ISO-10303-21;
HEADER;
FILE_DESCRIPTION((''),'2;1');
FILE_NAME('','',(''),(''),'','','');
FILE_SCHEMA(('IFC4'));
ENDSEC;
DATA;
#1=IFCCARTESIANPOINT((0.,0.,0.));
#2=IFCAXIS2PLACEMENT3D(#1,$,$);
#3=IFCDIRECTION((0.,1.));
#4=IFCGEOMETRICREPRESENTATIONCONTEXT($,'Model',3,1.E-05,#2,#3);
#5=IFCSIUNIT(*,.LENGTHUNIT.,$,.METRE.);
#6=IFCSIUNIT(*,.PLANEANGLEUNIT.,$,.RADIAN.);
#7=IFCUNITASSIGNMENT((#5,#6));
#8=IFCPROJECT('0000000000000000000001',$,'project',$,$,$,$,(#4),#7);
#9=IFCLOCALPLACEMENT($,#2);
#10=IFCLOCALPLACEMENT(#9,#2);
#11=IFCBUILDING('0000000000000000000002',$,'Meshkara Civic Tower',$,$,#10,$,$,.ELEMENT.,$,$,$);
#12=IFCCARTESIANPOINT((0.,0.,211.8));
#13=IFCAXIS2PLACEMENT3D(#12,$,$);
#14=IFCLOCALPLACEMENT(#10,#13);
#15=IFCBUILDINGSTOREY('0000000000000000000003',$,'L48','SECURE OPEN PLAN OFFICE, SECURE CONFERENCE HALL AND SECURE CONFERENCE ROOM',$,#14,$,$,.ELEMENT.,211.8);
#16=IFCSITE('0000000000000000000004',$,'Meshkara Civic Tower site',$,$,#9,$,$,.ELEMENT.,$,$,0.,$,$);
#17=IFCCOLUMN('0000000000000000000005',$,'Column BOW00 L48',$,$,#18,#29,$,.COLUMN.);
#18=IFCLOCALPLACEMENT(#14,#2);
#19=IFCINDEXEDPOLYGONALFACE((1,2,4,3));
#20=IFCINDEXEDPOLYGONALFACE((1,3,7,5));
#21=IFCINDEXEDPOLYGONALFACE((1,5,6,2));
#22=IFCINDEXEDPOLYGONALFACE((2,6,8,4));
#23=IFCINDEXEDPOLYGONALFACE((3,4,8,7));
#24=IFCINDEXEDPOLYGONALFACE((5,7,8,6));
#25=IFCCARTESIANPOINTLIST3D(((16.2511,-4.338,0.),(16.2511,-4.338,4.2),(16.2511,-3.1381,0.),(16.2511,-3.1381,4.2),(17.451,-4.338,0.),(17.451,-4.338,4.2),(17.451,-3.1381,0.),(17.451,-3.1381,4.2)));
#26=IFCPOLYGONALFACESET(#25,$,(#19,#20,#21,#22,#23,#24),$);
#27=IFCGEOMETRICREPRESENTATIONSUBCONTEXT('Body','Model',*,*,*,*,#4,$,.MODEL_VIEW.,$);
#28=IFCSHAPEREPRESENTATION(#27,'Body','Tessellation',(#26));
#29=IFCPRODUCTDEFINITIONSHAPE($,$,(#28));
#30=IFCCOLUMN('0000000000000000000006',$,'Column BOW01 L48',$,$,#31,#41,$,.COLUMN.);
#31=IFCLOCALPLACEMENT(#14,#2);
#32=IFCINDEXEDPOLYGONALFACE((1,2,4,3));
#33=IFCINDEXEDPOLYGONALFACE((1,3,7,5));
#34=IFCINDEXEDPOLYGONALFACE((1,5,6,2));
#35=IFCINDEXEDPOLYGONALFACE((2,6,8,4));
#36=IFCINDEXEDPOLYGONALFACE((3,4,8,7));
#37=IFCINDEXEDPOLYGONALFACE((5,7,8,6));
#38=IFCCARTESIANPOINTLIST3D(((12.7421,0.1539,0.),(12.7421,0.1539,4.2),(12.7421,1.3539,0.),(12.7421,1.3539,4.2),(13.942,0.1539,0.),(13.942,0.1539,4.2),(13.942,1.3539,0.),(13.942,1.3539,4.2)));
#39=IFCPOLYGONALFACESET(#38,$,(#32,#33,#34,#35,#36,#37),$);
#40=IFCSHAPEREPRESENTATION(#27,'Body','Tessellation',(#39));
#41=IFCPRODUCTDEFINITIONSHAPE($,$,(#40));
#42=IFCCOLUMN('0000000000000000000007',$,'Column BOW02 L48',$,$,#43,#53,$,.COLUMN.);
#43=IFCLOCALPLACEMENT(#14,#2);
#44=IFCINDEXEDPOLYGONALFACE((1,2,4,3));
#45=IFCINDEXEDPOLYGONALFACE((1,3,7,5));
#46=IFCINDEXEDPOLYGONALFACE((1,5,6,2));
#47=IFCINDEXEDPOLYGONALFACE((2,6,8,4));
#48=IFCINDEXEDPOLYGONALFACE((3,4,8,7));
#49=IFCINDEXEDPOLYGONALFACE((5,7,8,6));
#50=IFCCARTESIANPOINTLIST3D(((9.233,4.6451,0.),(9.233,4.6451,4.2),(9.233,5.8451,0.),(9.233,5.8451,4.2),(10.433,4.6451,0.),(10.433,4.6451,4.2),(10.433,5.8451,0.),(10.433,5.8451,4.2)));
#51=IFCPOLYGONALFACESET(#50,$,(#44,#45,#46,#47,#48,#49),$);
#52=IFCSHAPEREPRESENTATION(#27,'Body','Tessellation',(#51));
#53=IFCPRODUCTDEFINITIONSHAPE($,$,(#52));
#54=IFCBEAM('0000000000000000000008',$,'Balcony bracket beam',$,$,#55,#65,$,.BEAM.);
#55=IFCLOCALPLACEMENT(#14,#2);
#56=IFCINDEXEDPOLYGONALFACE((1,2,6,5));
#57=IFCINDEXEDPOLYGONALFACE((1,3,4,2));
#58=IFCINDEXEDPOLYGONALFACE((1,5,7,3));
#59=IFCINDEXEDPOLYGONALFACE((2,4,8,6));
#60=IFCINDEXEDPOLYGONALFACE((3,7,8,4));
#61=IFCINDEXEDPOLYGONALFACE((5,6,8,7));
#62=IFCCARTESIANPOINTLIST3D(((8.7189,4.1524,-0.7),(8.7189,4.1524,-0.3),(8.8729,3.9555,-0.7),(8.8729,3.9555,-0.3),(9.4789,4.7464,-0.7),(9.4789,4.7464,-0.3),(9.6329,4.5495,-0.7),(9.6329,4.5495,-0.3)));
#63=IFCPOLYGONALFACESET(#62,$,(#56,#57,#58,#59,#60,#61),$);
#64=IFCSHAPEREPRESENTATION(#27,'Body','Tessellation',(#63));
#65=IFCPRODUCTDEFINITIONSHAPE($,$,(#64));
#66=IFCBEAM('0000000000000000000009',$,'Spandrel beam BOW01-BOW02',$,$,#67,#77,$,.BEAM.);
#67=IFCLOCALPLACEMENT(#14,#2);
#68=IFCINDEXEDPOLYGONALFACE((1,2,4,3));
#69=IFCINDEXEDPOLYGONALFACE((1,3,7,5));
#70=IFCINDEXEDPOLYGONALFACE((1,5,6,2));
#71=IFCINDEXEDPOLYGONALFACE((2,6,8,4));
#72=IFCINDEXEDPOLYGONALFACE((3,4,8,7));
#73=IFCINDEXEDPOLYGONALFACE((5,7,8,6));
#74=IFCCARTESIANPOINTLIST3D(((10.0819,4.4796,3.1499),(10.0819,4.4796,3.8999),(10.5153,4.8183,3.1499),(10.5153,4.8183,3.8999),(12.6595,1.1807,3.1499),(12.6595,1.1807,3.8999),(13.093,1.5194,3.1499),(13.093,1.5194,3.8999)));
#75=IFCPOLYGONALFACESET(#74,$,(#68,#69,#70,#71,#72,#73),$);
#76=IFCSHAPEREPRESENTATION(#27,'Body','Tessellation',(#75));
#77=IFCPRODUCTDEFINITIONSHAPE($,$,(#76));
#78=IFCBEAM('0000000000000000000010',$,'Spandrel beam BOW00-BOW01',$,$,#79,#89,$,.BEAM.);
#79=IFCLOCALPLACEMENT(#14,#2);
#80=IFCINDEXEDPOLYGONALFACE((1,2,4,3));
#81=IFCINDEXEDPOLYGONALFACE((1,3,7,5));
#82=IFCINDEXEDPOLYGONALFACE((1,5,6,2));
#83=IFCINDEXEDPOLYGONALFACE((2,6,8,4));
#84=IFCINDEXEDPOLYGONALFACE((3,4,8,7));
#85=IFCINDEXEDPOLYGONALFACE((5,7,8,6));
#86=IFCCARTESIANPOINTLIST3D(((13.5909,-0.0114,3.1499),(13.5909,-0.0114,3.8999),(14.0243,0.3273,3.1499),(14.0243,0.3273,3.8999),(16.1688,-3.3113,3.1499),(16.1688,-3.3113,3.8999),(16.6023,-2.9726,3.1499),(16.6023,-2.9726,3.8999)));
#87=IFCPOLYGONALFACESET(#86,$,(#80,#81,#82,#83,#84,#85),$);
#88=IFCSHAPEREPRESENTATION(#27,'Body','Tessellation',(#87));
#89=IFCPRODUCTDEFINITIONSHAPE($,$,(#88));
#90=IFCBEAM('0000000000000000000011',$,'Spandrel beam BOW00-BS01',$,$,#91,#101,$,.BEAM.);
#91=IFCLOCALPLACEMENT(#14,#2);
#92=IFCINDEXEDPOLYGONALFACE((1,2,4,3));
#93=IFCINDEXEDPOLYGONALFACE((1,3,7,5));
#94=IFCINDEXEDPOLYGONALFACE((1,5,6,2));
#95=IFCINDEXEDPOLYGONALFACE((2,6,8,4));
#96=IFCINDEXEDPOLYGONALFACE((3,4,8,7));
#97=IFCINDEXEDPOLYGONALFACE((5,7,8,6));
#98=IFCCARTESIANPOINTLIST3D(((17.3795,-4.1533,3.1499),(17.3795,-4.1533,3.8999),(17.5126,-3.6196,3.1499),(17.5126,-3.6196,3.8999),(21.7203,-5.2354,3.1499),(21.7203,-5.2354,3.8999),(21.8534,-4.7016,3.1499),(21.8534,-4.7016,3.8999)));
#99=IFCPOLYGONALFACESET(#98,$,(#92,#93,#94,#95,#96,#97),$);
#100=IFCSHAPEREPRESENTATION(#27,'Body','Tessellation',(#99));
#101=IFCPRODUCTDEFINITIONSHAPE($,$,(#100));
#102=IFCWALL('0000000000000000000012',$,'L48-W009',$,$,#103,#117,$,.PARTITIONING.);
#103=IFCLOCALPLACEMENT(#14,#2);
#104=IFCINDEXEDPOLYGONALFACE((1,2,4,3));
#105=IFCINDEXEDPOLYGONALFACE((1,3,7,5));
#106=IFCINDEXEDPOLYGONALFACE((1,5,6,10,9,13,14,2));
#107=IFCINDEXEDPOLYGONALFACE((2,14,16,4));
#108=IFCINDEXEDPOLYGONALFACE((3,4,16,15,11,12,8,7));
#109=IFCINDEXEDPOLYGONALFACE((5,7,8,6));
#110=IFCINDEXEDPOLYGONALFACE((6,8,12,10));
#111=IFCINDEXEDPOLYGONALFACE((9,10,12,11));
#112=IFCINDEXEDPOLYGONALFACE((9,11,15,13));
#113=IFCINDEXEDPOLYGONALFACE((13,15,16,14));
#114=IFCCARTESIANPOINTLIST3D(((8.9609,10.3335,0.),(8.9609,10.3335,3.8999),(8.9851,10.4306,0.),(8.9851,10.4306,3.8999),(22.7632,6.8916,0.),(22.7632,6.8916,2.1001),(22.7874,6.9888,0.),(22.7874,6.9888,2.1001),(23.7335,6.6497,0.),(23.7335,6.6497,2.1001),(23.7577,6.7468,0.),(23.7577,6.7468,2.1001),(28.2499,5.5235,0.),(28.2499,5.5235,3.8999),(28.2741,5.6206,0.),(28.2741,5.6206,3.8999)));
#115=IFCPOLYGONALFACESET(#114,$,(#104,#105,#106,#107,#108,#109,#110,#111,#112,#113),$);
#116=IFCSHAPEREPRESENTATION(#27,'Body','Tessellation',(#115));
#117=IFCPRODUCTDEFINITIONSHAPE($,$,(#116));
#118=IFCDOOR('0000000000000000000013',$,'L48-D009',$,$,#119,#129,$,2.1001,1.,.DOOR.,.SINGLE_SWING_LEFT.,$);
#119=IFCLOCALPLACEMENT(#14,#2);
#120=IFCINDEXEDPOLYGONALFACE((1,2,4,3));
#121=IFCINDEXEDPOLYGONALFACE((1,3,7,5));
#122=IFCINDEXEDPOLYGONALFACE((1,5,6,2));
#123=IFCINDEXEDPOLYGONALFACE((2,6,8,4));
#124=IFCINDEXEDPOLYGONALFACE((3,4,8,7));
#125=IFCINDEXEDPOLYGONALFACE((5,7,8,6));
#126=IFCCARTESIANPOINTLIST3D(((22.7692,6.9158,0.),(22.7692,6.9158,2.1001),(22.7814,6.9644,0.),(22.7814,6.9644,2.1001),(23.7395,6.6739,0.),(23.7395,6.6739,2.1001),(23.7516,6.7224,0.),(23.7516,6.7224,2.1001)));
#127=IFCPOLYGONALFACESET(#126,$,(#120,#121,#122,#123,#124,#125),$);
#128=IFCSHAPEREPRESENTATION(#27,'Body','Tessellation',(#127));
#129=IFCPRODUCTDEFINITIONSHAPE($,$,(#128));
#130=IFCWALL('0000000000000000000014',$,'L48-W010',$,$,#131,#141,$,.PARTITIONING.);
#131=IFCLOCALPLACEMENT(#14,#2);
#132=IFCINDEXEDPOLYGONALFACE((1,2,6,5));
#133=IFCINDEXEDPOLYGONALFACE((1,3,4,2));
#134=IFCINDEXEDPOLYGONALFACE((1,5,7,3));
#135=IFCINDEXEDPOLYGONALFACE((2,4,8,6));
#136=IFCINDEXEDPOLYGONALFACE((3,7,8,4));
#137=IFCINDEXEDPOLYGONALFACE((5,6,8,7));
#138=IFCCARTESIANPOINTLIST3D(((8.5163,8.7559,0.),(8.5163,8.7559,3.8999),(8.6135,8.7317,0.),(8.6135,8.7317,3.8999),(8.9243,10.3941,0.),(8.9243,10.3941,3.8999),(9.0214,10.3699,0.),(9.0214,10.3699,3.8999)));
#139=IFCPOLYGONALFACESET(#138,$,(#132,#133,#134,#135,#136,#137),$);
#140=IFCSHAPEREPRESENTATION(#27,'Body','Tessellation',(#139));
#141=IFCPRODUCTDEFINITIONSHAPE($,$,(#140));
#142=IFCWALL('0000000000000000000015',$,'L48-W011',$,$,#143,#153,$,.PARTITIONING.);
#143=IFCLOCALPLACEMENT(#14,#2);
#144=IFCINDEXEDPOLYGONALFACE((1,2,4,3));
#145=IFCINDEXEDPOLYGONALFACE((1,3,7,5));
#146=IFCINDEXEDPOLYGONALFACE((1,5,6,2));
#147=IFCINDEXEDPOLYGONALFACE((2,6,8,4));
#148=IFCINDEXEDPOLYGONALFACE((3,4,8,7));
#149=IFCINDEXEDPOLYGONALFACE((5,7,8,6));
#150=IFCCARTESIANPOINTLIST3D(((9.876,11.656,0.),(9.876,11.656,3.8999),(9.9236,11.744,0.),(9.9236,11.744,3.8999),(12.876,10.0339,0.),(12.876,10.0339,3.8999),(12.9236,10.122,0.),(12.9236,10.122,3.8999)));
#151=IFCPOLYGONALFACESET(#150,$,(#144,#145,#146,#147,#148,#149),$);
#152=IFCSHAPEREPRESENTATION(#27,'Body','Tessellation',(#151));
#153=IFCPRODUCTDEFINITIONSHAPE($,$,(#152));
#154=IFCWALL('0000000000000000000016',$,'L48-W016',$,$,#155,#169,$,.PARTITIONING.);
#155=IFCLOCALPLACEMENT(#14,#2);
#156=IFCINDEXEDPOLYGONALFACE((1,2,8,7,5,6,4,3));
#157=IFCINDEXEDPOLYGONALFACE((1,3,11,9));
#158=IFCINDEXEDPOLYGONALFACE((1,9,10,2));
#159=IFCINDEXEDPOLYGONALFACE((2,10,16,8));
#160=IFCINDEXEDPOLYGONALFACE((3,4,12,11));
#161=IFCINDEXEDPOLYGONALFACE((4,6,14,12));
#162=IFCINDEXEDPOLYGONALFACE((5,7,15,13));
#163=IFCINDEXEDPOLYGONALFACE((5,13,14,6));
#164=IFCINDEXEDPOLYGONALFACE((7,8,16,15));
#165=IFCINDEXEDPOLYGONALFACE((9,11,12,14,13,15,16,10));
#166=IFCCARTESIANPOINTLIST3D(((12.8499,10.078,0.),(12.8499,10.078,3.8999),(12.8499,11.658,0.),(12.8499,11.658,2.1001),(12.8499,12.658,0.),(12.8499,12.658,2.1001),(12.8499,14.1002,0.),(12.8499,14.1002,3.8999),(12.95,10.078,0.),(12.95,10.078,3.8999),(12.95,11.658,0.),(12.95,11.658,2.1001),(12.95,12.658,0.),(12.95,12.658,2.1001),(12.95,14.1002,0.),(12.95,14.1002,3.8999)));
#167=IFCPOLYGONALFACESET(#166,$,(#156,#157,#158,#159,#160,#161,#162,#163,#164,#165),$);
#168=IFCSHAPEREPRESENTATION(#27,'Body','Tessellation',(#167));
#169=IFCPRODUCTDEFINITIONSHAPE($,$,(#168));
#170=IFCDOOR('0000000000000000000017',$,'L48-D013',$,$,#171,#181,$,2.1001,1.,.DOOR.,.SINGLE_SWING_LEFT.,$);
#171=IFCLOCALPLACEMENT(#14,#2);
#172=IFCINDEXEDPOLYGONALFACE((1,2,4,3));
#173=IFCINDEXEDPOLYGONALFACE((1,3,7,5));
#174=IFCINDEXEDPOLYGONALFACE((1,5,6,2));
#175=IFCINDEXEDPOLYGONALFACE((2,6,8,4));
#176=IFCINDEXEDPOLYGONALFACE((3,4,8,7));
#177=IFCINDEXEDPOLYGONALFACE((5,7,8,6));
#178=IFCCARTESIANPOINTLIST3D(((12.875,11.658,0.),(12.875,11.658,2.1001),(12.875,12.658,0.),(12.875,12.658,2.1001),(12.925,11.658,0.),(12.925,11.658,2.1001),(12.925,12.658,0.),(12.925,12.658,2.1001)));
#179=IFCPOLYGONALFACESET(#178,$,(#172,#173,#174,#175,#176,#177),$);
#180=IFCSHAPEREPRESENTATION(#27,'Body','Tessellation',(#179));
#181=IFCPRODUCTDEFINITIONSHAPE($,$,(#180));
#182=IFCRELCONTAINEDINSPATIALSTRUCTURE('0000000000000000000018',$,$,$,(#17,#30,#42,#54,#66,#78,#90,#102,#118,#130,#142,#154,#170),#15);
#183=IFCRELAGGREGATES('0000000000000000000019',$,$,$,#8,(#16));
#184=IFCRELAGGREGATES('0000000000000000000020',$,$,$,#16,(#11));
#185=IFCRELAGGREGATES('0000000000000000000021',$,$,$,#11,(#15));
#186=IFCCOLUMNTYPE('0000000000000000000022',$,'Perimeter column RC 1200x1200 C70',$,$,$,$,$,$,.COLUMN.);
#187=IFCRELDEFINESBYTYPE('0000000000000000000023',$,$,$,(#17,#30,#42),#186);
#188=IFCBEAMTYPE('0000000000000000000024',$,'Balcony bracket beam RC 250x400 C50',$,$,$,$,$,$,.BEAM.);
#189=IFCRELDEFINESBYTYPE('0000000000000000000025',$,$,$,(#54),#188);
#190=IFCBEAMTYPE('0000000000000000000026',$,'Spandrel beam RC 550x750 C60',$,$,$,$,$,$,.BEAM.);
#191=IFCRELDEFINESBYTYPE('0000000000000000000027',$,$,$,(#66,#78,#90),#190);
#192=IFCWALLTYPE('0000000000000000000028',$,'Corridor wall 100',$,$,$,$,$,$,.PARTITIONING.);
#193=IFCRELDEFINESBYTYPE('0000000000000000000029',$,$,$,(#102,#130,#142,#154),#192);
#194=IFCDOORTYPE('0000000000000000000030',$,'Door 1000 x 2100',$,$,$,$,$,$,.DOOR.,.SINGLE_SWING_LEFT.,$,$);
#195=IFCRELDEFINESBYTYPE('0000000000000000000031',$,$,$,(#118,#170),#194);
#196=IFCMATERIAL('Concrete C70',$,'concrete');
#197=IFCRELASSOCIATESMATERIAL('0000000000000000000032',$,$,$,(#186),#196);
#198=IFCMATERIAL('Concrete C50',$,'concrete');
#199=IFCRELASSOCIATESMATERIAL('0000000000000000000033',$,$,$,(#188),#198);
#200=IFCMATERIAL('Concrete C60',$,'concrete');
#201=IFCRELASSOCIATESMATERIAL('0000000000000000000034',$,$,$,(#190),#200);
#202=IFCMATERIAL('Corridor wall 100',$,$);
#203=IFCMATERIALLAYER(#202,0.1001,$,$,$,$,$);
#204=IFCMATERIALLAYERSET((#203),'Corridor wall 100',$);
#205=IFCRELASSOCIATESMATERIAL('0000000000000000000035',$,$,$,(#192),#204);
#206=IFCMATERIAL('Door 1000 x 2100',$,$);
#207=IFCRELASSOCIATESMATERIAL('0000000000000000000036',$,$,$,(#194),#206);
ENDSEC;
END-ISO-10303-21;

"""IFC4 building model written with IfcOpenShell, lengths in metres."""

from ifc_helpers import new_model, si_unit, direction, frame, frame_2d, origin, origin_2d, place, context, subcontext, project, spatial, rectangle, extrude, material, layer, layer_set, material_profile, profile_set, type_object, element, fill, save


model = new_model("IFC4")

# Units and contexts
model_context = context("Model", 3, precision=1e-05, world=origin(), true_north=direction((0.0, 1.0)))
body_context = subcontext(model_context, "Body", "Model", "MODEL_VIEW")
ifc_project = project(units=[si_unit("LENGTHUNIT", "METRE"), si_unit("PLANEANGLEUNIT", "RADIAN")], contexts=[model_context])

# Site, building, storey
site_placement = place(None, origin())
site = spatial("IfcSite", under=ifc_project, at=site_placement, Name="Meshkara Civic Tower site", CompositionType="ELEMENT", RefElevation=0.0)
building_placement = place(site_placement, origin())
building = spatial("IfcBuilding", under=site, at=building_placement, Name="Meshkara Civic Tower", CompositionType="ELEMENT")
storey_placement = place(building_placement, frame((0.0, 0.0, 211.8)))
storey = spatial("IfcBuildingStorey", under=building, at=storey_placement, Name="L48", Description="SECURE OPEN PLAN OFFICE, SECURE CONFERENCE HALL AND SECURE CONFERENCE ROOM", CompositionType="ELEMENT", Elevation=211.8)

# Columns
ifc_material_1 = material(Name="Concrete C70", Category="concrete")
ifc_material_profile_1 = material_profile(ifc_material_1, rectangle(XDim=1.2, YDim=1.2, at=origin_2d()))
ifc_profile_set_1 = profile_set([ifc_material_profile_1], Name="Concrete C70")
column_type = type_object("IfcColumnType", Name="Perimeter column RC 1200x1200 C70", PredefinedType="COLUMN", material=ifc_profile_set_1)
for number, where, z_axis, x_axis, name in (
    (1, (16.8511, -3.738, 0.0), (0.0, 0.0, 1.0), (1.0, 0.0, 0.0), "Column BOW00 L48"),
    (2, (13.342, 0.7539, 0.0), (0.0, 0.0, 1.0), (1.0, 0.0, 0.0), "Column BOW01 L48"),
    (3, (9.833, 5.2451, 0.0), (0.0, 0.0, 1.0), (1.0, 0.0, 0.0), "Column BOW02 L48"),
):
    element("IfcColumn", number, at=place(storey_placement, frame(where, z_axis=z_axis, x_axis=x_axis)), inside=storey, type_object=column_type, Name=name, PredefinedType="COLUMN", context=body_context, shape_type="SweptSolid", body=[
        extrude(rectangle(XDim=1.2, YDim=1.2, at=origin_2d()), origin(), (0.0, 0.0, 1.0), 4.2),
    ])

# Beams
ifc_material_2 = material(Name="Concrete C50", Category="concrete")
ifc_material_profile_2 = material_profile(ifc_material_2, rectangle(XDim=0.25, YDim=0.3999, at=origin_2d()))
ifc_profile_set_2 = profile_set([ifc_material_profile_2], Name="Concrete C50")
beam_type_1 = type_object("IfcBeamType", Name="Balcony bracket beam RC 250x400 C50", PredefinedType="BEAM", material=ifc_profile_set_2)
beam_1_placement = place(storey_placement, frame((9.5559, 4.6479, -0.5), z_axis=(-0.787905, -0.615796, 0.0), x_axis=(0.615796, -0.787905, 0.0)))
element("IfcBeam", 4, at=beam_1_placement, inside=storey, type_object=beam_type_1, Name="Balcony bracket beam", PredefinedType="BEAM", context=body_context, shape_type="SweptSolid", body=[
    extrude(rectangle(XDim=0.25, YDim=0.3999, at=origin_2d()), origin(), (0.0, 0.0, 1.0), 0.9646),
])
ifc_material_3 = material(Name="Concrete C60", Category="concrete")
ifc_material_profile_3 = material_profile(ifc_material_3, rectangle(XDim=0.55, YDim=0.75, at=origin_2d()))
ifc_profile_set_3 = profile_set([ifc_material_profile_3], Name="Concrete C60")
beam_type_2 = type_object("IfcBeamType", Name="Spandrel beam RC 550x750 C60", PredefinedType="BEAM", material=ifc_profile_set_3)
beam_2_placement = place(storey_placement, frame((10.2986, 4.6489, 3.5249), z_axis=(0.615707, -0.787975, 0.0), x_axis=(0.787975, 0.615707, 0.0)))
element("IfcBeam", 5, at=beam_2_placement, inside=storey, type_object=beam_type_2, Name="Spandrel beam BOW01-BOW02", PredefinedType="BEAM", context=body_context, shape_type="SweptSolid", body=[
    extrude(rectangle(XDim=0.55, YDim=0.75, at=origin_2d()), origin(), (0.0, 0.0, 1.0), 4.1865),
])
beam_3_placement = place(storey_placement, frame((13.8076, 0.158, 3.5249), z_axis=(0.61563, -0.788035, 0.0), x_axis=(0.788035, 0.61563, 0.0)))
element("IfcBeam", 6, at=beam_3_placement, inside=storey, type_object=beam_type_2, Name="Spandrel beam BOW00-BOW01", PredefinedType="BEAM", context=body_context, shape_type="SweptSolid", body=[
    extrude(rectangle(XDim=0.55, YDim=0.75, at=origin_2d()), origin(), (0.0, 0.0, 1.0), 4.1875),
])
beam_4_placement = place(storey_placement, frame((17.446, -3.8865, 3.5249), z_axis=(0.970309, -0.241868, 0.0), x_axis=(0.241868, 0.970309, 0.0)))
element("IfcBeam", 7, at=beam_4_placement, inside=storey, type_object=beam_type_2, Name="Spandrel beam BOW00-BS01", PredefinedType="BEAM", context=body_context, shape_type="SweptSolid", body=[
    extrude(rectangle(XDim=0.55, YDim=0.75, at=origin_2d()), origin(), (0.0, 0.0, 1.0), 4.4736),
])

# Wall, opening, door
ifc_material_4 = material(Name="Corridor wall 100")
ifc_layer_1 = layer(ifc_material_4, 0.1001)
ifc_layer_set_1 = layer_set([ifc_layer_1], Name="Corridor wall 100")
wall_type_1 = type_object("IfcWallType", Name="Corridor wall 100", PredefinedType="PARTITIONING", material=ifc_layer_set_1)
wall_1_placement = place(storey_placement, frame((8.9729, 10.3821, 0.0), z_axis=(0.0, 0.0, 1.0), x_axis=(0.970287, -0.241958, 0.0)))
wall_1 = element("IfcWall", 8, at=wall_1_placement, inside=storey, type_object=wall_type_1, Name="L48-W009", PredefinedType="PARTITIONING", context=body_context, shape_type="SweptSolid", body=[
    extrude(rectangle(XDim=19.8796, YDim=0.1001, at=frame_2d((9.9399, 0.0))), origin(), (0.0, 0.0, 1.0), 3.8999),
])
opening_1_placement = place(wall_1_placement, frame((14.2251, 0.0, 0.0)))
opening_1 = element("IfcOpeningElement", 9, at=opening_1_placement, cuts=wall_1, PredefinedType="OPENING", context=body_context, shape_type="SweptSolid", body=[
    extrude(rectangle(XDim=1.0, YDim=2.1001, at=frame_2d((0.5, 1.05))), frame((0.0, 0.0601, 0.0), z_axis=(0.0, -1.0, 0.0), x_axis=(1.0, 0.0, 0.0)), (0.0, 0.0, 1.0), 0.1201),
])
ifc_material_5 = material(Name="Door 1000 x 2100")
door_type_1 = type_object("IfcDoorType", Name="Door 1000 x 2100", OperationType="SINGLE_SWING_LEFT", PredefinedType="DOOR", material=ifc_material_5)
door_1_placement = place(opening_1_placement, origin())
door_1 = element("IfcDoor", 10, at=door_1_placement, inside=storey, type_object=door_type_1, Name="L48-D009", OperationType="SINGLE_SWING_LEFT", OverallHeight=2.1001, OverallWidth=1.0, PredefinedType="DOOR", context=body_context, shape_type="SweptSolid", body=[
    extrude(rectangle(XDim=1.0, YDim=2.1001, at=frame_2d((0.5, 1.05))), frame((0.0, 0.0249, 0.0), z_axis=(0.0, -1.0, 0.0), x_axis=(1.0, 0.0, 0.0)), (0.0, 0.0, 1.0), 0.05),
])
fill(opening_1, door_1)

# Walls
wall_2_placement = place(storey_placement, frame((8.9729, 10.3821, 0.0), z_axis=(0.0, 0.0, 1.0), x_axis=(-0.241651, -0.970363, 0.0)))
element("IfcWall", 11, at=wall_2_placement, inside=storey, type_object=wall_type_1, Name="L48-W010", PredefinedType="PARTITIONING", context=body_context, shape_type="SweptSolid", body=[
    extrude(rectangle(XDim=1.6882, YDim=0.1001, at=frame_2d((0.8442, 0.0))), origin(), (0.0, 0.0, 1.0), 3.8999),
])
wall_3_placement = place(storey_placement, frame((9.8999, 11.7, 0.0), z_axis=(0.0, 0.0, 1.0), x_axis=(0.879651, -0.475619, 0.0)))
element("IfcWall", 12, at=wall_3_placement, inside=storey, type_object=wall_type_1, Name="L48-W011", PredefinedType="PARTITIONING", context=body_context, shape_type="SweptSolid", body=[
    extrude(rectangle(XDim=3.4104, YDim=0.1001, at=frame_2d((1.7051, 0.0))), origin(), (0.0, 0.0, 1.0), 3.8999),
])

# Wall, opening, door
wall_4_placement = place(storey_placement, frame((12.8999, 10.0779, 0.0), z_axis=(0.0, 0.0, 1.0), x_axis=(0.0, 1.0, 0.0)))
wall_4 = element("IfcWall", 13, at=wall_4_placement, inside=storey, type_object=wall_type_1, Name="L48-W016", PredefinedType="PARTITIONING", context=body_context, shape_type="SweptSolid", body=[
    extrude(rectangle(XDim=4.0222, YDim=0.1001, at=frame_2d((2.0112, 0.0))), origin(), (0.0, 0.0, 1.0), 3.8999),
])
opening_2_placement = place(wall_4_placement, frame((1.5801, 0.0, 0.0)))
opening_2 = element("IfcOpeningElement", 14, at=opening_2_placement, cuts=wall_4, PredefinedType="OPENING", context=body_context, shape_type="SweptSolid", body=[
    extrude(rectangle(XDim=1.0, YDim=2.1001, at=frame_2d((0.5, 1.05))), frame((0.0, 0.0601, 0.0), z_axis=(0.0, -1.0, 0.0), x_axis=(1.0, 0.0, 0.0)), (0.0, 0.0, 1.0), 0.1201),
])
door_2_placement = place(opening_2_placement, origin())
door_2 = element("IfcDoor", 15, at=door_2_placement, inside=storey, type_object=door_type_1, Name="L48-D013", OperationType="SINGLE_SWING_LEFT", OverallHeight=2.1001, OverallWidth=1.0, PredefinedType="DOOR", context=body_context, shape_type="SweptSolid", body=[
    extrude(rectangle(XDim=1.0, YDim=2.1001, at=frame_2d((0.5, 1.05))), frame((0.0, 0.0249, 0.0), z_axis=(0.0, -1.0, 0.0), x_axis=(1.0, 0.0, 0.0)), (0.0, 0.0, 1.0), 0.05),
])
fill(opening_2, door_2)

save(model, "model.ifc")
